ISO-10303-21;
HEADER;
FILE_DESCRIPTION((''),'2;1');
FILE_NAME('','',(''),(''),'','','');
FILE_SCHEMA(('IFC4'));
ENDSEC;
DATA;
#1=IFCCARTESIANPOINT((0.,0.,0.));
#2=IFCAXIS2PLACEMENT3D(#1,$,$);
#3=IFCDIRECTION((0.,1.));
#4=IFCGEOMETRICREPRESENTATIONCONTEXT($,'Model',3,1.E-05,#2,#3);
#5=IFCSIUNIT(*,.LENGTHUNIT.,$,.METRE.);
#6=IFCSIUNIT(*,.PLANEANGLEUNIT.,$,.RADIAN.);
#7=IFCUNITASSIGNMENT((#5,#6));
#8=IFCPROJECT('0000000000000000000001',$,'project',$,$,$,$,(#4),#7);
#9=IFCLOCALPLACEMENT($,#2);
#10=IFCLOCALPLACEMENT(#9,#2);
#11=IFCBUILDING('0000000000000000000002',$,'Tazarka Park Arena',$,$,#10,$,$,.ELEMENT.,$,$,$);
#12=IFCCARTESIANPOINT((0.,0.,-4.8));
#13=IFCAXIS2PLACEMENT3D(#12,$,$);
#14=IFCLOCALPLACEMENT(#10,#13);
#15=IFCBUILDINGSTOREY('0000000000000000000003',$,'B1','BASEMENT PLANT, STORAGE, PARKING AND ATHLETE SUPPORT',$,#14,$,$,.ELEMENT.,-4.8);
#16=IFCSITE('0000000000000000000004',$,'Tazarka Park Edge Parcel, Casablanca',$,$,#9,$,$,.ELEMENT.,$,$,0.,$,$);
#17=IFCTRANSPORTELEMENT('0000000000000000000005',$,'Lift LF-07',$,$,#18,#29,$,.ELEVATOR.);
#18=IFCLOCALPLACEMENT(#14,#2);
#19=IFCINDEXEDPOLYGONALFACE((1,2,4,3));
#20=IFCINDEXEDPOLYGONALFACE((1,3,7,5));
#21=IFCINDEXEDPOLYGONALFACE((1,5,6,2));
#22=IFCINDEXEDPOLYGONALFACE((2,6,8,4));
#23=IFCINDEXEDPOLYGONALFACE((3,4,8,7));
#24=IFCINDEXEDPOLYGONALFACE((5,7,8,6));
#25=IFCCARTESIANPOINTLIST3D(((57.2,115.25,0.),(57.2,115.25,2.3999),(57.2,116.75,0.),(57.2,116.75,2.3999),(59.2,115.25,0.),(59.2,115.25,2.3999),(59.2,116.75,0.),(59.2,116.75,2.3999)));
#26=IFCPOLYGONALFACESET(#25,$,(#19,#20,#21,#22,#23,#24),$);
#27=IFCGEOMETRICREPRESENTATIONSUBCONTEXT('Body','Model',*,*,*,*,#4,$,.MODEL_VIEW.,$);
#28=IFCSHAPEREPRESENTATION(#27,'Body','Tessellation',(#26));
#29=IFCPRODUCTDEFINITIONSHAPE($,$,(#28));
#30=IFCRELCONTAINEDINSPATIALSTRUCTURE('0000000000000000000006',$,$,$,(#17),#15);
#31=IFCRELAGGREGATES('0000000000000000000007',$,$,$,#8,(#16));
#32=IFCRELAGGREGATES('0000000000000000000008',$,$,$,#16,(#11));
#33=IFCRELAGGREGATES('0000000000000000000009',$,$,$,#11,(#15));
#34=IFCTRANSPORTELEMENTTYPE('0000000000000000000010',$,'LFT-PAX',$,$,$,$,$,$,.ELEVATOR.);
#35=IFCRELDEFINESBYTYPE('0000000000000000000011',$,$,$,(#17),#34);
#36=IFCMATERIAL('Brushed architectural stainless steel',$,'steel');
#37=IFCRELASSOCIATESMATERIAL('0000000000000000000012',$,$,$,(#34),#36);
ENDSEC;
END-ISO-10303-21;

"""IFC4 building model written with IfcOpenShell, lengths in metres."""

from ifc_helpers import new_model, si_unit, direction, frame, origin, origin_2d, place, context, subcontext, project, spatial, rectangle, extrude, material, type_object, element, save


model = new_model("IFC4")

# Units and contexts
model_context = context("Model", 3, precision=1e-05, world=origin(), true_north=direction((0.0, 1.0)))
body_context = subcontext(model_context, "Body", "Model", "MODEL_VIEW")
ifc_project = project(units=[si_unit("LENGTHUNIT", "METRE"), si_unit("PLANEANGLEUNIT", "RADIAN")], contexts=[model_context])

# Site, building, storey
site_placement = place(None, origin())
site = spatial("IfcSite", under=ifc_project, at=site_placement, Name="Tazarka Park Edge Parcel, Casablanca", CompositionType="ELEMENT", RefElevation=0.0)
building_placement = place(site_placement, origin())
building = spatial("IfcBuilding", under=site, at=building_placement, Name="Tazarka Park Arena", CompositionType="ELEMENT")
storey_placement = place(building_placement, frame((0.0, 0.0, -4.8)))
storey = spatial("IfcBuildingStorey", under=building, at=storey_placement, Name="B1", Description="BASEMENT PLANT, STORAGE, PARKING AND ATHLETE SUPPORT", CompositionType="ELEMENT", Elevation=-4.8)

# Transport element
ifc_material_1 = material(Name="Brushed architectural stainless steel", Category="steel")
transport_element_type = type_object("IfcTransportElementType", Name="LFT-PAX", PredefinedType="ELEVATOR", material=ifc_material_1)
transport_element_placement = place(storey_placement, frame((58.2, 116.0, 0.0), z_axis=(0.0, 0.0, 1.0), x_axis=(1.0, 0.0, 0.0)))
element("IfcTransportElement", 1, at=transport_element_placement, inside=storey, type_object=transport_element_type, Name="Lift LF-07", PredefinedType="ELEVATOR", context=body_context, shape_type="SweptSolid", body=[
    extrude(rectangle(XDim=2.0, YDim=1.5, at=origin_2d()), origin(), (0.0, 0.0, 1.0), 2.3999),
])

save(model, "model.ifc")
